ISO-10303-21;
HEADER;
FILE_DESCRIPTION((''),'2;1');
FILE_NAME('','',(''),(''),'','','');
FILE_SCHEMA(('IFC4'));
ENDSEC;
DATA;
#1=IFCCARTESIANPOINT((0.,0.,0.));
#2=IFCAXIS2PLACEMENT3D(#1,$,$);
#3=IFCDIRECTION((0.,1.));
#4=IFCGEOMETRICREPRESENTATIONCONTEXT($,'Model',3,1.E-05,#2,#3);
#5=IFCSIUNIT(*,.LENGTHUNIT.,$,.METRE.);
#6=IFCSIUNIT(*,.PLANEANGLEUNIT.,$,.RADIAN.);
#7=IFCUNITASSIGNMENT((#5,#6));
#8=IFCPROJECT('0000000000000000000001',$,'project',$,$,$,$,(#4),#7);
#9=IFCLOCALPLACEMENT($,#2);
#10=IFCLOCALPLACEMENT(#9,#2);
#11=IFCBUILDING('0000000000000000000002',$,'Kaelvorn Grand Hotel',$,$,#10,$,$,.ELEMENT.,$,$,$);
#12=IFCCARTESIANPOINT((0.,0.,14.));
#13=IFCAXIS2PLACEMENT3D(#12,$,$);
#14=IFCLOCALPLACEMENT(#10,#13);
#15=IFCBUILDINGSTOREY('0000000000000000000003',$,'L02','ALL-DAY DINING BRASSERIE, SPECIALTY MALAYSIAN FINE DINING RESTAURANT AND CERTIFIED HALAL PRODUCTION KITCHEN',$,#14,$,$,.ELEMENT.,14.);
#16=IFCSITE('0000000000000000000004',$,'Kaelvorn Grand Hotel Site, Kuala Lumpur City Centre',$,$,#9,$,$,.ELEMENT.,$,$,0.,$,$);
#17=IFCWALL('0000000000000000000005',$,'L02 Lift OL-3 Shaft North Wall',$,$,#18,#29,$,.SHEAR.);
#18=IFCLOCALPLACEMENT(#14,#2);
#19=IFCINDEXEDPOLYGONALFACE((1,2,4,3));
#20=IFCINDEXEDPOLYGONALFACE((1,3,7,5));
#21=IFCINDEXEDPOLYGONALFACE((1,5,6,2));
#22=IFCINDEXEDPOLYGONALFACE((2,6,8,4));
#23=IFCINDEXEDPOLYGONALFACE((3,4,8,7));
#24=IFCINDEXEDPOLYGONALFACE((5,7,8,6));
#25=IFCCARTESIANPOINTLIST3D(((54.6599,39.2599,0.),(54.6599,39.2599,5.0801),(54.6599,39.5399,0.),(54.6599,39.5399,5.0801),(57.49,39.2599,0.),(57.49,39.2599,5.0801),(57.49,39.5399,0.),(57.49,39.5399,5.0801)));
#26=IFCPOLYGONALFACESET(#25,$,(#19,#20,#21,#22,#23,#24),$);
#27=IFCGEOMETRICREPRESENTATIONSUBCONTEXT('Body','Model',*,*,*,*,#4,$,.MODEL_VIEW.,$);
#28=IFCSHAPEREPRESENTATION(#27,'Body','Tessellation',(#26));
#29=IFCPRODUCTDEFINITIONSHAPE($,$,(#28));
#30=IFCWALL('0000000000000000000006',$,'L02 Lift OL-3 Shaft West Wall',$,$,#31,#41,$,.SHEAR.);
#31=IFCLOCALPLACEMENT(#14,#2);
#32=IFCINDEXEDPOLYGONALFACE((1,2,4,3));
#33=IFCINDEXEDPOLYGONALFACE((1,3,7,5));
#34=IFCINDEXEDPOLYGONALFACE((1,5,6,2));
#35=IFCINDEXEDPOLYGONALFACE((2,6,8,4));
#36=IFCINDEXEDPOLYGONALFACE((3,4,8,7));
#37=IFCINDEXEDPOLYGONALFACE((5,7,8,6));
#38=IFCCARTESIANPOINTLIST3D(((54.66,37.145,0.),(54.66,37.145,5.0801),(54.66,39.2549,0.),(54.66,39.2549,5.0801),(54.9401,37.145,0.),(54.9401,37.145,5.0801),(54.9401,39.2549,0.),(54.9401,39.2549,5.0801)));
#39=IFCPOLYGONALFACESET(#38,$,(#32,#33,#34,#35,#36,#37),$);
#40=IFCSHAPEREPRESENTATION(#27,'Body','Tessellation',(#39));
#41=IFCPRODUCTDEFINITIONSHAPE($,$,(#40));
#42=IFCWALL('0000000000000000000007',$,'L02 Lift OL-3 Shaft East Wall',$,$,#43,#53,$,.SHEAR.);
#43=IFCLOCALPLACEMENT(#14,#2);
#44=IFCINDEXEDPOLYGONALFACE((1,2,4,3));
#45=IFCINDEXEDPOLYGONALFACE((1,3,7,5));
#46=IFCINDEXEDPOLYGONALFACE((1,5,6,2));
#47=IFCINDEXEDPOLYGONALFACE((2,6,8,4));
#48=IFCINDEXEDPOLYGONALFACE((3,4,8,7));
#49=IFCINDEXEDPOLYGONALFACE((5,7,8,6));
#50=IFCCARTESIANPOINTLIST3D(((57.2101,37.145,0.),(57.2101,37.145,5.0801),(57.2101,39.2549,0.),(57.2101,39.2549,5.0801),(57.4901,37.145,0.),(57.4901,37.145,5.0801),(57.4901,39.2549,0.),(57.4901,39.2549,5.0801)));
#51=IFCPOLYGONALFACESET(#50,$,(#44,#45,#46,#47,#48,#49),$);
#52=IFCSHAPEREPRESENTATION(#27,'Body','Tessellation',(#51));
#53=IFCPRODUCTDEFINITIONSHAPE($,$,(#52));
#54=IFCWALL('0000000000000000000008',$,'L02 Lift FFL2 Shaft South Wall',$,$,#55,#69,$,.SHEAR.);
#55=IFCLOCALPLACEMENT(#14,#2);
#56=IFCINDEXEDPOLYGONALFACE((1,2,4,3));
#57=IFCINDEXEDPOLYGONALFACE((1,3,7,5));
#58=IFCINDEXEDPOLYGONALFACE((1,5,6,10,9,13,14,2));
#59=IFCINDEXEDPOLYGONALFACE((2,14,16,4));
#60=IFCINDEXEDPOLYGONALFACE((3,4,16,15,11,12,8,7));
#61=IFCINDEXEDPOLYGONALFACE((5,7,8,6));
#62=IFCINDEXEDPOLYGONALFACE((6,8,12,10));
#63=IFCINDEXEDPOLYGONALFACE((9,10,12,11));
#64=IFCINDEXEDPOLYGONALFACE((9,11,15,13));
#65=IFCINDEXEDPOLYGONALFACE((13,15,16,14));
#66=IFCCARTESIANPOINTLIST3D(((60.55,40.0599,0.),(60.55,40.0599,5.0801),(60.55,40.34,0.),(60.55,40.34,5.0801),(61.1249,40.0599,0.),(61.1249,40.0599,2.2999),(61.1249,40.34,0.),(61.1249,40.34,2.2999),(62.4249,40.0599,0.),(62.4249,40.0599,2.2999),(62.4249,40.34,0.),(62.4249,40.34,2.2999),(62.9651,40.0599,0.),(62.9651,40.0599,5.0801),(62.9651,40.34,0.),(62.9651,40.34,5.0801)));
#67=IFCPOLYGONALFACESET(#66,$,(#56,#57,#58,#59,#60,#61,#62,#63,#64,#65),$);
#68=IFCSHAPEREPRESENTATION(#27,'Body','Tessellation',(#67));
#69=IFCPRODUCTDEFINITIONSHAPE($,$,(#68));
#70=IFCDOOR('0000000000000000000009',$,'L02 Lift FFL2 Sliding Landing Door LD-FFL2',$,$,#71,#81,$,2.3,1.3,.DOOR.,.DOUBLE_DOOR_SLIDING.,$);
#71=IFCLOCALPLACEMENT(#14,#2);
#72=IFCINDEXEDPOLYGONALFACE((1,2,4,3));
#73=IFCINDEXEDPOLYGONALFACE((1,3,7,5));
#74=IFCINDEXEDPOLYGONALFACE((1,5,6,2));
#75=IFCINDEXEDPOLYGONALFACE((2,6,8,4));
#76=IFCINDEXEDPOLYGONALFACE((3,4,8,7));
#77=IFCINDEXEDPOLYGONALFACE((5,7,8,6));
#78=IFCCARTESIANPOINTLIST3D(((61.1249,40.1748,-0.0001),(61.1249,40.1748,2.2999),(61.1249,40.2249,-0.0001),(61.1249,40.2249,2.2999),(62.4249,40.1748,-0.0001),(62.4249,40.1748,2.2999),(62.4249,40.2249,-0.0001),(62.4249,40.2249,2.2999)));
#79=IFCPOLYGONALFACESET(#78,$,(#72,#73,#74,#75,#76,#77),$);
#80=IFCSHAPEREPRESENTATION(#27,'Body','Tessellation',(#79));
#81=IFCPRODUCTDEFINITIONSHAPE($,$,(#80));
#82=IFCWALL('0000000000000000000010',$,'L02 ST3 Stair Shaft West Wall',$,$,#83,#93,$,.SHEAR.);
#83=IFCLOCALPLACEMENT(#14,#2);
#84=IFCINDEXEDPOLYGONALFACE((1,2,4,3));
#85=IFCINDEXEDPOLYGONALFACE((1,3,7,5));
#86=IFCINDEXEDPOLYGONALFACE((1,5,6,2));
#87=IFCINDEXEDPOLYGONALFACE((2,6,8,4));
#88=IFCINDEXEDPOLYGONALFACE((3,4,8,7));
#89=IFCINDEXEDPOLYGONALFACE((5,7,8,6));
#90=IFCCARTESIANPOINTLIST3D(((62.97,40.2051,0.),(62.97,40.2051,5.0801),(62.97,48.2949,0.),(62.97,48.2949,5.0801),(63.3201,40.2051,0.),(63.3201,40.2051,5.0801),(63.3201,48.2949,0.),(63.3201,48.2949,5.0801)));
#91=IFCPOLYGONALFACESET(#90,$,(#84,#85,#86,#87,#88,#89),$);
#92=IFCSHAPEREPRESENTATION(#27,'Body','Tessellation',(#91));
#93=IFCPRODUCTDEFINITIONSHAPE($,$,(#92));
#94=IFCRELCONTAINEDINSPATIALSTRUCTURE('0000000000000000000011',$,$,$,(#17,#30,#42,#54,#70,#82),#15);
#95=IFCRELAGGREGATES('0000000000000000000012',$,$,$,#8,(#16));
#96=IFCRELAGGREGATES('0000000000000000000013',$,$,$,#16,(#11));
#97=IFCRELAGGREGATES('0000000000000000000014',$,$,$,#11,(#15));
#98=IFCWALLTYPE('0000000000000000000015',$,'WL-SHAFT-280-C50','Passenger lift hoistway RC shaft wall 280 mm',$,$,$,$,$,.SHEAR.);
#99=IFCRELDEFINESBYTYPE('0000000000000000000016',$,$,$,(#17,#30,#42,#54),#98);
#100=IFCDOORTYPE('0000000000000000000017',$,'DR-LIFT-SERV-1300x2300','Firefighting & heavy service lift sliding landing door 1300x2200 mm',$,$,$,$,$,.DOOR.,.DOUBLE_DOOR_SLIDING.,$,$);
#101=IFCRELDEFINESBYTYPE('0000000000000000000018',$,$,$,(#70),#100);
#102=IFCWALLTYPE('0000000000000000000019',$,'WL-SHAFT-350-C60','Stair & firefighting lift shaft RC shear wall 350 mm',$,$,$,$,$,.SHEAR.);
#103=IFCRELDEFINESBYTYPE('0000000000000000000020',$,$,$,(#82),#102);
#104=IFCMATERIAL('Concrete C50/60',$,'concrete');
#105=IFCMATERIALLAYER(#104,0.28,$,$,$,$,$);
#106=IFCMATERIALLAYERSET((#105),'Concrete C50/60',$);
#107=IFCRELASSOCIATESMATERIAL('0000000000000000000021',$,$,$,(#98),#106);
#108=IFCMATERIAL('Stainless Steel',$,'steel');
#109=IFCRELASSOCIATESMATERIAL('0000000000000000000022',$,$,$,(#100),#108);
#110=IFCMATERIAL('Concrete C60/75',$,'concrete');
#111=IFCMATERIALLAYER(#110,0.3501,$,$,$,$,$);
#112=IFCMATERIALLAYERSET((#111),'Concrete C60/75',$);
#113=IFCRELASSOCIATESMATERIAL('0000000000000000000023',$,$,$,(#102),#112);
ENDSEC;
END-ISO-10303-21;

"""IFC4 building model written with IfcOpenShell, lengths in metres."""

from ifc_helpers import new_model, si_unit, direction, frame, frame_2d, origin, place, context, subcontext, project, spatial, rectangle, extrude, material, layer, layer_set, type_object, element, fill, save


model = new_model("IFC4")

# Units and contexts
model_context = context("Model", 3, precision=1e-05, world=origin(), true_north=direction((0.0, 1.0)))
body_context = subcontext(model_context, "Body", "Model", "MODEL_VIEW")
ifc_project = project(units=[si_unit("LENGTHUNIT", "METRE"), si_unit("PLANEANGLEUNIT", "RADIAN")], contexts=[model_context])

# Site, building, storey
site_placement = place(None, origin())
site = spatial("IfcSite", under=ifc_project, at=site_placement, Name="Kaelvorn Grand Hotel Site, Kuala Lumpur City Centre", CompositionType="ELEMENT", RefElevation=0.0)
building_placement = place(site_placement, origin())
building = spatial("IfcBuilding", under=site, at=building_placement, Name="Kaelvorn Grand Hotel", CompositionType="ELEMENT")
storey_placement = place(building_placement, frame((0.0, 0.0, 14.0)))
storey = spatial("IfcBuildingStorey", under=building, at=storey_placement, Name="L02", Description="ALL-DAY DINING BRASSERIE, SPECIALTY MALAYSIAN FINE DINING RESTAURANT AND CERTIFIED HALAL PRODUCTION KITCHEN", CompositionType="ELEMENT", Elevation=14.0)

# Walls
ifc_material_1 = material(Name="Concrete C50/60", Category="concrete")
ifc_layer_1 = layer(ifc_material_1, 0.28)
ifc_layer_set_1 = layer_set([ifc_layer_1], Name="Concrete C50/60")
wall_type_1 = type_object("IfcWallType", Name="WL-SHAFT-280-C50", Description="Passenger lift hoistway RC shaft wall 280 mm", PredefinedType="SHEAR", material=ifc_layer_set_1)
for number, where, z_axis, x_axis, name in (
    (1, (54.6599, 39.3999, 0.0), (0.0, 0.0, 1.0), (1.0, 0.0, 0.0), "L02 Lift OL-3 Shaft North Wall"),
):
    element("IfcWall", number, at=place(storey_placement, frame(where, z_axis=z_axis, x_axis=x_axis)), inside=storey, type_object=wall_type_1, Name=name, PredefinedType="SHEAR", context=body_context, shape_type="SweptSolid", body=[
        extrude(rectangle(XDim=2.8301, YDim=0.28, at=frame_2d((1.415, 0.0))), origin(), (0.0, 0.0, 1.0), 5.0801),
    ])
for number, where, z_axis, x_axis, name in (
    (2, (54.8, 37.145, 0.0), (0.0, 0.0, 1.0), (0.0, 1.0, 0.0), "L02 Lift OL-3 Shaft West Wall"),
    (3, (57.3501, 37.145, 0.0), (0.0, 0.0, 1.0), (0.0, 1.0, 0.0), "L02 Lift OL-3 Shaft East Wall"),
):
    element("IfcWall", number, at=place(storey_placement, frame(where, z_axis=z_axis, x_axis=x_axis)), inside=storey, type_object=wall_type_1, Name=name, PredefinedType="SHEAR", context=body_context, shape_type="SweptSolid", body=[
        extrude(rectangle(XDim=2.1099, YDim=0.28, at=frame_2d((1.0549, 0.0))), origin(), (0.0, 0.0, 1.0), 5.0801),
    ])

# Wall, opening, door
wall_1_placement = place(storey_placement, frame((60.55, 40.2, 0.0), z_axis=(0.0, 0.0, 1.0), x_axis=(1.0, 0.0, 0.0)))
wall_1 = element("IfcWall", 4, at=wall_1_placement, inside=storey, type_object=wall_type_1, Name="L02 Lift FFL2 Shaft South Wall", PredefinedType="SHEAR", context=body_context, shape_type="SweptSolid", body=[
    extrude(rectangle(XDim=2.415, YDim=0.28, at=frame_2d((1.2075, 0.0))), origin(), (0.0, 0.0, 1.0), 5.0801),
])
opening_1_placement = place(wall_1_placement, frame((0.575, 0.0, 0.0)))
opening_1 = element("IfcOpeningElement", 5, at=opening_1_placement, cuts=wall_1, PredefinedType="OPENING", context=body_context, shape_type="SweptSolid", body=[
    extrude(rectangle(XDim=1.3, YDim=2.3, at=frame_2d((0.6499, 1.1499))), frame((0.0, 0.1499, 0.0), z_axis=(0.0, -1.0, 0.0), x_axis=(1.0, 0.0, 0.0)), (0.0, 0.0, 1.0), 0.3),
])
ifc_material_2 = material(Name="Stainless Steel", Category="steel")
door_type_1 = type_object("IfcDoorType", Name="DR-LIFT-SERV-1300x2300", Description="Firefighting & heavy service lift sliding landing door 1300x2200 mm", OperationType="DOUBLE_DOOR_SLIDING", PredefinedType="DOOR", material=ifc_material_2)
door_1_placement = place(opening_1_placement, origin())
door_1 = element("IfcDoor", 6, at=door_1_placement, inside=storey, type_object=door_type_1, Name="L02 Lift FFL2 Sliding Landing Door LD-FFL2", OperationType="DOUBLE_DOOR_SLIDING", OverallHeight=2.3, OverallWidth=1.3, PredefinedType="DOOR", context=body_context, shape_type="SweptSolid", body=[
    extrude(rectangle(XDim=1.3, YDim=2.3, at=frame_2d((0.6499, 1.1499))), frame((0.0, 0.0249, 0.0), z_axis=(0.0, -1.0, 0.0), x_axis=(1.0, 0.0, 0.0)), (0.0, 0.0, 1.0), 0.05),
])
fill(opening_1, door_1)
ifc_material_3 = material(Name="Concrete C60/75", Category="concrete")
ifc_layer_2 = layer(ifc_material_3, 0.3501)
ifc_layer_set_2 = layer_set([ifc_layer_2], Name="Concrete C60/75")
wall_type_2 = type_object("IfcWallType", Name="WL-SHAFT-350-C60", Description="Stair & firefighting lift shaft RC shear wall 350 mm", PredefinedType="SHEAR", material=ifc_layer_set_2)

# Wall
wall_2_placement = place(storey_placement, frame((63.145, 40.2051, 0.0), z_axis=(0.0, 0.0, 1.0), x_axis=(0.0, 1.0, 0.0)))
element("IfcWall", 7, at=wall_2_placement, inside=storey, type_object=wall_type_2, Name="L02 ST3 Stair Shaft West Wall", PredefinedType="SHEAR", context=body_context, shape_type="SweptSolid", body=[
    extrude(rectangle(XDim=8.0898, YDim=0.3501, at=frame_2d((4.0449, 0.0))), origin(), (0.0, 0.0, 1.0), 5.0801),
])

save(model, "model.ifc")
